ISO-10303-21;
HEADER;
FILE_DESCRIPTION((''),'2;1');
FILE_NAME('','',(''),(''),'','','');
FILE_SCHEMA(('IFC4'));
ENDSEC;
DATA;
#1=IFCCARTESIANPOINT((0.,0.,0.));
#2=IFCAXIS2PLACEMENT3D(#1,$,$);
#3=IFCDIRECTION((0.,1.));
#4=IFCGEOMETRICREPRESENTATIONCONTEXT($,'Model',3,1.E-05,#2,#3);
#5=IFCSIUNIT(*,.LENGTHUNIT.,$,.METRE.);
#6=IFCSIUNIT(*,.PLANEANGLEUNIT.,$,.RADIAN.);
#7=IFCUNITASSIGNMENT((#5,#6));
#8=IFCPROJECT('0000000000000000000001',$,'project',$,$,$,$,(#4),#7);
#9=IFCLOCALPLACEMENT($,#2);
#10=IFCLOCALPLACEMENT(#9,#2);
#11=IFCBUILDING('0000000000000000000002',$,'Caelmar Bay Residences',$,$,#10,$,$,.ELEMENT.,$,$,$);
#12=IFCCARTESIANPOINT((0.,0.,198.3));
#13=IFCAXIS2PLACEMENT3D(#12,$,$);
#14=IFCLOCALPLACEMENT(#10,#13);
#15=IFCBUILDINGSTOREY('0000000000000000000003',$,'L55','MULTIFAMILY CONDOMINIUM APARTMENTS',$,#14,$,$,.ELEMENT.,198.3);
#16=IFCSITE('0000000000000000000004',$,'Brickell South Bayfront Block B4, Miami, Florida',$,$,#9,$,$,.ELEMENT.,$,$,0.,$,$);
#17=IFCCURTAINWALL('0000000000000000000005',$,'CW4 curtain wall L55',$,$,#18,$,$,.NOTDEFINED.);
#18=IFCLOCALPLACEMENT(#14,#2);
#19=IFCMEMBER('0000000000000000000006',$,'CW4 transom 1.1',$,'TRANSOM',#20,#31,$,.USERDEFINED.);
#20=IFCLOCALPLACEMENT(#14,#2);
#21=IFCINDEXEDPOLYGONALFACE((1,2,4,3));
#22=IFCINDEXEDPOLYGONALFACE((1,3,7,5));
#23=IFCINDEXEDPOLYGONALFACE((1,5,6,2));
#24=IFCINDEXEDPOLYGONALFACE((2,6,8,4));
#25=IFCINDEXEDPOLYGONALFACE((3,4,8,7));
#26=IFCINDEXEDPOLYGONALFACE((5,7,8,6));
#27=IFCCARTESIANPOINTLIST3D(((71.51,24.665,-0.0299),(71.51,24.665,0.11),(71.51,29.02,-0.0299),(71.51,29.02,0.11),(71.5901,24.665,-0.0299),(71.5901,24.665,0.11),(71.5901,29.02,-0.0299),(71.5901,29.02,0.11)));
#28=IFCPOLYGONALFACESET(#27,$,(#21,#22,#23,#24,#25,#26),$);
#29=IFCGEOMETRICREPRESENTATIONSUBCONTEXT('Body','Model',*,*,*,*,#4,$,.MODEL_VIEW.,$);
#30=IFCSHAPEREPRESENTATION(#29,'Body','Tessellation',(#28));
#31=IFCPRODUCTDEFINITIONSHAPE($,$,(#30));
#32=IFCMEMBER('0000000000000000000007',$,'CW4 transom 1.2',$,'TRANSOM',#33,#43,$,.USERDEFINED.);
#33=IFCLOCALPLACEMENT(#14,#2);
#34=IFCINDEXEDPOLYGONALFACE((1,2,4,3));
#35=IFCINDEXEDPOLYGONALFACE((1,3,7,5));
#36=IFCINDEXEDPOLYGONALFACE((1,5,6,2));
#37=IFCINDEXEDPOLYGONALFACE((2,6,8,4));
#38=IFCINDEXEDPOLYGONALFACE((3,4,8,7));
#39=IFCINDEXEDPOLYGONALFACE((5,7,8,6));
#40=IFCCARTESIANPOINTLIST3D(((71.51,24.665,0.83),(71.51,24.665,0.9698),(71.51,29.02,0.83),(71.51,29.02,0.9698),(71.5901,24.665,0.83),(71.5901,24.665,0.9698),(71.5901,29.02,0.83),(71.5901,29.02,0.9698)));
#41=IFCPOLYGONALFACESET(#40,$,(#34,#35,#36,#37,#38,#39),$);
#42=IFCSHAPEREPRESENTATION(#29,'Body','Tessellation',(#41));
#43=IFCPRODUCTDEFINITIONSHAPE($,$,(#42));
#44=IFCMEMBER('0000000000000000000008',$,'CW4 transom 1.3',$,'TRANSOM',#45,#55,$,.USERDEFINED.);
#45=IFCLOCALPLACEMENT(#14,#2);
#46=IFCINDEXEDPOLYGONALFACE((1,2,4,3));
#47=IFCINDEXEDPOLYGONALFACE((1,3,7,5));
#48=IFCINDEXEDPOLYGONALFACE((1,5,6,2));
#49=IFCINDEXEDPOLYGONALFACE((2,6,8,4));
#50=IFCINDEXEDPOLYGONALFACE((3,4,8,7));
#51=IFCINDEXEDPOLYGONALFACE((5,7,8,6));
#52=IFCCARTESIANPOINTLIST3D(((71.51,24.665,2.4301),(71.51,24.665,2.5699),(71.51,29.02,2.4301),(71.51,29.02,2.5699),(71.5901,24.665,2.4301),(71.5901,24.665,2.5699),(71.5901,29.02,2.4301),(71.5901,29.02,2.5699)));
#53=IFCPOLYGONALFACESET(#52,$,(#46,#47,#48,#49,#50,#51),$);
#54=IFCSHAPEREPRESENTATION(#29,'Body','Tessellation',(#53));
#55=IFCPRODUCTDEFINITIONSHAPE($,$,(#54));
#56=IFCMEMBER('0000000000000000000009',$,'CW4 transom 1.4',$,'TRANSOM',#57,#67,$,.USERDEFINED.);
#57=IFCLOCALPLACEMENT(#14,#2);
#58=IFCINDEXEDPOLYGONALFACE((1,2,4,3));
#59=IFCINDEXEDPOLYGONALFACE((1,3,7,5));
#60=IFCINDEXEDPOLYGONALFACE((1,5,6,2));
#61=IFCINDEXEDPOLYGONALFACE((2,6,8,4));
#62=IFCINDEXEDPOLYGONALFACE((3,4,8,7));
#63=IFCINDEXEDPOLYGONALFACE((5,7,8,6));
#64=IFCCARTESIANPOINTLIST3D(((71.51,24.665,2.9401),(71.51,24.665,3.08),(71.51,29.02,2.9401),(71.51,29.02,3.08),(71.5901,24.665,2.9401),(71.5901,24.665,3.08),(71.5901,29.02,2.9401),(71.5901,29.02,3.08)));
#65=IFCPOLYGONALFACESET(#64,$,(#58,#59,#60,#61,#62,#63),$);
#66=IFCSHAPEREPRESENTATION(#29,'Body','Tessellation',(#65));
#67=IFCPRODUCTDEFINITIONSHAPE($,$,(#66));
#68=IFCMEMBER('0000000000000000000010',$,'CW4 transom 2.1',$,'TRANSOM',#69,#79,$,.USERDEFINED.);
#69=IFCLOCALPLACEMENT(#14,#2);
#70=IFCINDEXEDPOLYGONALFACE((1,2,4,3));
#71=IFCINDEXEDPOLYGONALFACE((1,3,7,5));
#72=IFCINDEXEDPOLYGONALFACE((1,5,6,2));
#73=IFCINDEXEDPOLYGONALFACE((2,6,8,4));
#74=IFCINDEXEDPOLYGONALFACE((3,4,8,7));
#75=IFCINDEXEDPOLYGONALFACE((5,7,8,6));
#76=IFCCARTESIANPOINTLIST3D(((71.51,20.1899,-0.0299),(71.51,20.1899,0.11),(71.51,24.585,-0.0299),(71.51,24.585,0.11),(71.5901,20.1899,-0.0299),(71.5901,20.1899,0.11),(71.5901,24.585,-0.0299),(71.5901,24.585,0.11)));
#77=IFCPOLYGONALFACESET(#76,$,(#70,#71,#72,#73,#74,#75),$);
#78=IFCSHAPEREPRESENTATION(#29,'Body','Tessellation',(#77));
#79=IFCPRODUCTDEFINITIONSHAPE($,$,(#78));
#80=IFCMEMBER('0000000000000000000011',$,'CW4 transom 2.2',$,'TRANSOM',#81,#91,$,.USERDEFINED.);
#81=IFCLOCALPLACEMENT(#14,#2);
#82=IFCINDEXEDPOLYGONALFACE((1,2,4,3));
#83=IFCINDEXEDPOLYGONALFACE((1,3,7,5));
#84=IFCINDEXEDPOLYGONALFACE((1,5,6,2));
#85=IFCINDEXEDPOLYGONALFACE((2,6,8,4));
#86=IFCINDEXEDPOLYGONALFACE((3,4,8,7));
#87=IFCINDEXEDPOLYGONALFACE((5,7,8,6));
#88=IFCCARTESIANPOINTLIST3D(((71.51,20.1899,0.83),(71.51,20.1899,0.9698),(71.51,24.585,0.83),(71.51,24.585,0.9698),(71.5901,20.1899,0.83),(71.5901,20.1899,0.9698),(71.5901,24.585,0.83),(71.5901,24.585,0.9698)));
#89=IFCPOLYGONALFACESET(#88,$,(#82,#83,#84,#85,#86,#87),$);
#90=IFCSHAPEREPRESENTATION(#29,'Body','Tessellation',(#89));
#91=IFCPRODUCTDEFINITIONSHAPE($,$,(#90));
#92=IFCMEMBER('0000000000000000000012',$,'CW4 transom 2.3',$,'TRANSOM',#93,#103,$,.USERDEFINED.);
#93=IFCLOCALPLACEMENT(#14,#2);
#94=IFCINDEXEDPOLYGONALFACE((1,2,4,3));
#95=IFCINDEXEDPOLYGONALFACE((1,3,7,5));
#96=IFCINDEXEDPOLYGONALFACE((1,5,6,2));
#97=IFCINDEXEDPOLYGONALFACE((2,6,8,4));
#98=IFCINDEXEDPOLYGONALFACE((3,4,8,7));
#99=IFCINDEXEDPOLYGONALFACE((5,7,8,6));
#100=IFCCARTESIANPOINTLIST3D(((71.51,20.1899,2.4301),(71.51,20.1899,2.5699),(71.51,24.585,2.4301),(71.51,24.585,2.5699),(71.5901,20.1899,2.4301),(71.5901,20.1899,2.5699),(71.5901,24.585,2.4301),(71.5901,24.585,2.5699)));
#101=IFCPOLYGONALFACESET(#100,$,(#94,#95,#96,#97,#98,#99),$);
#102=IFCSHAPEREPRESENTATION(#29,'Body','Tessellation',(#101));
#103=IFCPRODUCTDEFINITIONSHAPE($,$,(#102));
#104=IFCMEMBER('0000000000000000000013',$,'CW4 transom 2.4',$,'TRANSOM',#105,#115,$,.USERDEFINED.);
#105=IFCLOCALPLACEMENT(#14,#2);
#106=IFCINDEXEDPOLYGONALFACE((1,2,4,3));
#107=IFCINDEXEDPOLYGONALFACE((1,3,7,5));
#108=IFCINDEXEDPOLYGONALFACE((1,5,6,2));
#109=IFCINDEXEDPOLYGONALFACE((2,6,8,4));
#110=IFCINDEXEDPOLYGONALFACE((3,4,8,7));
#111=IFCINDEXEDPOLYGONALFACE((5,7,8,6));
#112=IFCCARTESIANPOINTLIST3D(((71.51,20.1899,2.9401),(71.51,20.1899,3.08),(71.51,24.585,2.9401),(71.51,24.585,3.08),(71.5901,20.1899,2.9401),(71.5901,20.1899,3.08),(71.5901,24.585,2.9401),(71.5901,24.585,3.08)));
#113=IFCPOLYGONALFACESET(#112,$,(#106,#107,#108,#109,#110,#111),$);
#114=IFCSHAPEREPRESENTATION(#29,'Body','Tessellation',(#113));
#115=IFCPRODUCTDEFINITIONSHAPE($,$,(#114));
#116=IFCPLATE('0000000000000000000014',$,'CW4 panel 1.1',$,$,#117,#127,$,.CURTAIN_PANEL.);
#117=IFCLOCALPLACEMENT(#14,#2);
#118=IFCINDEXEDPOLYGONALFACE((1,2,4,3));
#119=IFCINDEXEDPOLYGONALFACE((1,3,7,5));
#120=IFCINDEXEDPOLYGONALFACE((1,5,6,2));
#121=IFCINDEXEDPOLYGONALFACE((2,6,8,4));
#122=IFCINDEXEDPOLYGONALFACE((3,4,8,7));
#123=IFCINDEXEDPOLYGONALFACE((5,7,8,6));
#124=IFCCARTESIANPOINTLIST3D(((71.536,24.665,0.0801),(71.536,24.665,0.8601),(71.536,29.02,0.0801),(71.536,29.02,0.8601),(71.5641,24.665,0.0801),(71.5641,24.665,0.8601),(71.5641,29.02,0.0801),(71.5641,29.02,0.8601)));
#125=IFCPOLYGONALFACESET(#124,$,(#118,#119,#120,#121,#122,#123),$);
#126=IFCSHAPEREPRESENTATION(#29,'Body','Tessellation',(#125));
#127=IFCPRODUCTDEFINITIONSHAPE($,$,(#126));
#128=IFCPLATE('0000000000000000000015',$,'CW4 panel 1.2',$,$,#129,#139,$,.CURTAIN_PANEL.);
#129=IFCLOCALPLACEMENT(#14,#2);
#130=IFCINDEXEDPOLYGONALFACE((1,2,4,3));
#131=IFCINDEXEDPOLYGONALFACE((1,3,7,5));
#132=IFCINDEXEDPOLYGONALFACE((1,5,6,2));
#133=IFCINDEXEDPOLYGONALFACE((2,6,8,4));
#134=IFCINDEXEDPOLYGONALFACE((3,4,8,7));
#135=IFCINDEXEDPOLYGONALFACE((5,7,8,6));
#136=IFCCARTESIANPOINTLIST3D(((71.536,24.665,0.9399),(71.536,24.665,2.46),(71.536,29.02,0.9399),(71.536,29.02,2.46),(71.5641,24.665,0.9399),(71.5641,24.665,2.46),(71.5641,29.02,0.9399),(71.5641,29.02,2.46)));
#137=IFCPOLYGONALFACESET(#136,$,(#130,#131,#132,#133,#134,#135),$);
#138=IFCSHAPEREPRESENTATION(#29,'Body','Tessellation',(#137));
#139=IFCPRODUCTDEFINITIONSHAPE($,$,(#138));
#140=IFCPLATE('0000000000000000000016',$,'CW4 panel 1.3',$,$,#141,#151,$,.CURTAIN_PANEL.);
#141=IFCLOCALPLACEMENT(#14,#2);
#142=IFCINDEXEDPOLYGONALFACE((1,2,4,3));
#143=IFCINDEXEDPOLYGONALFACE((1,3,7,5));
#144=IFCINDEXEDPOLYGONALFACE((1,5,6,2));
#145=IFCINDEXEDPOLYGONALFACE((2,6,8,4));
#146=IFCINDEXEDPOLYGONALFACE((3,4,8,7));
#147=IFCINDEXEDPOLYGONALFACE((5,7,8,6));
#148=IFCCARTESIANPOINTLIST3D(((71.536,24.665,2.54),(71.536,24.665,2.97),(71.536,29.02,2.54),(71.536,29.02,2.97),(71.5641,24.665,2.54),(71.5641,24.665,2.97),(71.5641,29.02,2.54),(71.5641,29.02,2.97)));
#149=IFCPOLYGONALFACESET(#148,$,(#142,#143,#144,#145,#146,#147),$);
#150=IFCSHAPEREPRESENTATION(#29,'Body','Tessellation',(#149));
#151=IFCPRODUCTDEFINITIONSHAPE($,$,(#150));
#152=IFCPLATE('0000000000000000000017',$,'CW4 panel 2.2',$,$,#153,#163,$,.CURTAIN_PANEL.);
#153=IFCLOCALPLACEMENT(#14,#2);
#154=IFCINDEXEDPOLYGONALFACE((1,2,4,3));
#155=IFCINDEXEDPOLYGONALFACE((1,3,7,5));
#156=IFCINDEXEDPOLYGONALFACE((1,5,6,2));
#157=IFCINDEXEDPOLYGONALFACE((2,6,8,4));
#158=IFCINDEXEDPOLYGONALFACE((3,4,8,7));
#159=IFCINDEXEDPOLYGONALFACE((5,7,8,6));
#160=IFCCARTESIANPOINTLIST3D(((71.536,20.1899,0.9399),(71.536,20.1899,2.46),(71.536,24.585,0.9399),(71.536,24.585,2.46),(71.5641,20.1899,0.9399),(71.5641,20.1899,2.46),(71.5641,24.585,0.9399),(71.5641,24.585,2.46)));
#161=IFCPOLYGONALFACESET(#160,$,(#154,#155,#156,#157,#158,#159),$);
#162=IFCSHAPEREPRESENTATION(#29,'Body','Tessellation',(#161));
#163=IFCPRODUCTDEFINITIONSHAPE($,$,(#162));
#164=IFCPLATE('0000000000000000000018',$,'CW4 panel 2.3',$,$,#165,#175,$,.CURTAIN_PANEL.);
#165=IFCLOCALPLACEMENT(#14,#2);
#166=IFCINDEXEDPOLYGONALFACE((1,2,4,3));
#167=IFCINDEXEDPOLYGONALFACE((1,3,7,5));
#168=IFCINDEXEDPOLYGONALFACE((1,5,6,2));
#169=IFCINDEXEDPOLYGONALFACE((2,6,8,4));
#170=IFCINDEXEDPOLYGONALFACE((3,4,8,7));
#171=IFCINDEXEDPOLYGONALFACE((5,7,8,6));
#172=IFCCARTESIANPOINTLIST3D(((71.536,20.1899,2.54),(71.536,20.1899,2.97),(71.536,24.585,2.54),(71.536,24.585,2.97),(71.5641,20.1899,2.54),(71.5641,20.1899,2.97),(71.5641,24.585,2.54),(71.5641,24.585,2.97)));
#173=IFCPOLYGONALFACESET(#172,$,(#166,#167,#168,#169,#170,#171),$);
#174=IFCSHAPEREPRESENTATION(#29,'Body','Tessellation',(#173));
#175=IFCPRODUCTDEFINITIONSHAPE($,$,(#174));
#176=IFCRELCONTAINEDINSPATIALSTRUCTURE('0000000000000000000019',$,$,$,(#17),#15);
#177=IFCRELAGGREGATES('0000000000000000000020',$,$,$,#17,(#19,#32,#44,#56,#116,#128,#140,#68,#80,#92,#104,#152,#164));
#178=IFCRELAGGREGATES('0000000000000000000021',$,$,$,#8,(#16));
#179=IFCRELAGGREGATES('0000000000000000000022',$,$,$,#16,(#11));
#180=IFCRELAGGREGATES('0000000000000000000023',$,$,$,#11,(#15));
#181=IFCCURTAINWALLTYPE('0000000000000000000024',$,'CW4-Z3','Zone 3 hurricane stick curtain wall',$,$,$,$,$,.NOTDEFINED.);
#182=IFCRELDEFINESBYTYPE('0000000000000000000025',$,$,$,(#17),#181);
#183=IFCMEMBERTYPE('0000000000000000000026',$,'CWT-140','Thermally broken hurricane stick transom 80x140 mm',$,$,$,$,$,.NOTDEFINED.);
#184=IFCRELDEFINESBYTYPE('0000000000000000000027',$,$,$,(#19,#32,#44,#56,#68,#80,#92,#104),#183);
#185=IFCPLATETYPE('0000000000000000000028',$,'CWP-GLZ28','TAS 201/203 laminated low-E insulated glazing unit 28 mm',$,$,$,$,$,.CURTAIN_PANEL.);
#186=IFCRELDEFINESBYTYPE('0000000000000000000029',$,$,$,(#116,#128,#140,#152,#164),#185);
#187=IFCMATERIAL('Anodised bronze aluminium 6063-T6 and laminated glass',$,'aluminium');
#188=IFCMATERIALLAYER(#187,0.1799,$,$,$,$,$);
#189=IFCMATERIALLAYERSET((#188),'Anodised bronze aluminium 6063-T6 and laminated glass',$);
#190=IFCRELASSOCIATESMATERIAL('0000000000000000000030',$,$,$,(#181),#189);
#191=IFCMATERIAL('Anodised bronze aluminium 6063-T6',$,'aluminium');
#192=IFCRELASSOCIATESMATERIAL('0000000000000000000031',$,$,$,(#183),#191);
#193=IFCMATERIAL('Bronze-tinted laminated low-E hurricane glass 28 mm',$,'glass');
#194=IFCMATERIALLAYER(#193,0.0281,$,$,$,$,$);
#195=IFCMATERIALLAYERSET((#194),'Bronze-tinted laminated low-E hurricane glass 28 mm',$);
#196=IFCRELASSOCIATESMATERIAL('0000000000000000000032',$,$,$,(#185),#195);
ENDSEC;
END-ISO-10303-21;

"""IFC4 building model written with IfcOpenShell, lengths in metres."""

from ifc_helpers import new_model, si_unit, direction, frame, origin, origin_2d, place, context, subcontext, project, spatial, rectangle, extrude, material, layer, layer_set, material_profile, profile_set, type_object, element, aggregate, save


model = new_model("IFC4")

# Units and contexts
model_context = context("Model", 3, precision=1e-05, world=origin(), true_north=direction((0.0, 1.0)))
body_context = subcontext(model_context, "Body", "Model", "MODEL_VIEW")
ifc_project = project(units=[si_unit("LENGTHUNIT", "METRE"), si_unit("PLANEANGLEUNIT", "RADIAN")], contexts=[model_context])

# Site, building, storey
site_placement = place(None, origin())
site = spatial("IfcSite", under=ifc_project, at=site_placement, Name="Brickell South Bayfront Block B4, Miami, Florida", CompositionType="ELEMENT", RefElevation=0.0)
building_placement = place(site_placement, origin())
building = spatial("IfcBuilding", under=site, at=building_placement, Name="Caelmar Bay Residences", CompositionType="ELEMENT")
storey_placement = place(building_placement, frame((0.0, 0.0, 198.3)))
storey = spatial("IfcBuildingStorey", under=building, at=storey_placement, Name="L55", Description="MULTIFAMILY CONDOMINIUM APARTMENTS", CompositionType="ELEMENT", Elevation=198.3)

# Curtain wall, members, plates
ifc_material_1 = material(Name="Anodised bronze aluminium 6063-T6 and laminated glass", Category="aluminium")
ifc_layer_1 = layer(ifc_material_1, 0.1799)
ifc_layer_set_1 = layer_set([ifc_layer_1], Name="Anodised bronze aluminium 6063-T6 and laminated glass")
curtain_wall_type = type_object("IfcCurtainWallType", Name="CW4-Z3", Description="Zone 3 hurricane stick curtain wall", PredefinedType="NOTDEFINED", material=ifc_layer_set_1)
curtain_wall_placement = place(storey_placement, origin())
curtain_wall = element("IfcCurtainWall", 1, at=curtain_wall_placement, inside=storey, type_object=curtain_wall_type, Name="CW4 curtain wall L55", PredefinedType="NOTDEFINED")
ifc_material_2 = material(Name="Anodised bronze aluminium 6063-T6", Category="aluminium")
ifc_material_profile_1 = material_profile(ifc_material_2, rectangle(XDim=0.0801, YDim=0.1399, at=origin_2d()), Name="CWT-80X140")
ifc_profile_set_1 = profile_set([ifc_material_profile_1], Name="Anodised bronze aluminium 6063-T6")
member_type_1 = type_object("IfcMemberType", Name="CWT-140", Description="Thermally broken hurricane stick transom 80x140 mm", PredefinedType="NOTDEFINED", material=ifc_profile_set_1)
member_1_placement = place(storey_placement, frame((71.55, 29.02, 0.04), z_axis=(0.0, -1.0, 0.0), x_axis=(1.0, 0.0, 0.0)))
member_1 = element("IfcMember", 2, at=member_1_placement, type_object=member_type_1, Name="CW4 transom 1.1", ObjectType="TRANSOM", PredefinedType="USERDEFINED", context=body_context, shape_type="SweptSolid", body=[
    extrude(rectangle(XDim=0.0801, YDim=0.1399, at=origin_2d()), origin(), (0.0, 0.0, 1.0), 4.355),
])
member_2_placement = place(storey_placement, frame((71.55, 29.02, 0.8999), z_axis=(0.0, -1.0, 0.0), x_axis=(1.0, 0.0, 0.0)))
member_2 = element("IfcMember", 3, at=member_2_placement, type_object=member_type_1, Name="CW4 transom 1.2", ObjectType="TRANSOM", PredefinedType="USERDEFINED", context=body_context, shape_type="SweptSolid", body=[
    extrude(rectangle(XDim=0.0801, YDim=0.1399, at=origin_2d()), origin(), (0.0, 0.0, 1.0), 4.355),
])
member_3_placement = place(storey_placement, frame((71.55, 29.02, 2.5), z_axis=(0.0, -1.0, 0.0), x_axis=(1.0, 0.0, 0.0)))
member_3 = element("IfcMember", 4, at=member_3_placement, type_object=member_type_1, Name="CW4 transom 1.3", ObjectType="TRANSOM", PredefinedType="USERDEFINED", context=body_context, shape_type="SweptSolid", body=[
    extrude(rectangle(XDim=0.0801, YDim=0.1399, at=origin_2d()), origin(), (0.0, 0.0, 1.0), 4.355),
])
member_4_placement = place(storey_placement, frame((71.55, 29.02, 3.01), z_axis=(0.0, -1.0, 0.0), x_axis=(1.0, 0.0, 0.0)))
member_4 = element("IfcMember", 5, at=member_4_placement, type_object=member_type_1, Name="CW4 transom 1.4", ObjectType="TRANSOM", PredefinedType="USERDEFINED", context=body_context, shape_type="SweptSolid", body=[
    extrude(rectangle(XDim=0.0801, YDim=0.1399, at=origin_2d()), origin(), (0.0, 0.0, 1.0), 4.355),
])
member_5_placement = place(storey_placement, frame((71.55, 24.585, 0.04), z_axis=(0.0, -1.0, 0.0), x_axis=(1.0, 0.0, 0.0)))
member_5 = element("IfcMember", 6, at=member_5_placement, type_object=member_type_1, Name="CW4 transom 2.1", ObjectType="TRANSOM", PredefinedType="USERDEFINED", context=body_context, shape_type="SweptSolid", body=[
    extrude(rectangle(XDim=0.0801, YDim=0.1399, at=origin_2d()), origin(), (0.0, 0.0, 1.0), 4.395),
])
member_6_placement = place(storey_placement, frame((71.55, 24.585, 0.8999), z_axis=(0.0, -1.0, 0.0), x_axis=(1.0, 0.0, 0.0)))
member_6 = element("IfcMember", 7, at=member_6_placement, type_object=member_type_1, Name="CW4 transom 2.2", ObjectType="TRANSOM", PredefinedType="USERDEFINED", context=body_context, shape_type="SweptSolid", body=[
    extrude(rectangle(XDim=0.0801, YDim=0.1399, at=origin_2d()), origin(), (0.0, 0.0, 1.0), 4.395),
])
member_7_placement = place(storey_placement, frame((71.55, 24.585, 2.5), z_axis=(0.0, -1.0, 0.0), x_axis=(1.0, 0.0, 0.0)))
member_7 = element("IfcMember", 8, at=member_7_placement, type_object=member_type_1, Name="CW4 transom 2.3", ObjectType="TRANSOM", PredefinedType="USERDEFINED", context=body_context, shape_type="SweptSolid", body=[
    extrude(rectangle(XDim=0.0801, YDim=0.1399, at=origin_2d()), origin(), (0.0, 0.0, 1.0), 4.395),
])
member_8_placement = place(storey_placement, frame((71.55, 24.585, 3.01), z_axis=(0.0, -1.0, 0.0), x_axis=(1.0, 0.0, 0.0)))
member_8 = element("IfcMember", 9, at=member_8_placement, type_object=member_type_1, Name="CW4 transom 2.4", ObjectType="TRANSOM", PredefinedType="USERDEFINED", context=body_context, shape_type="SweptSolid", body=[
    extrude(rectangle(XDim=0.0801, YDim=0.1399, at=origin_2d()), origin(), (0.0, 0.0, 1.0), 4.395),
])
ifc_material_3 = material(Name="Bronze-tinted laminated low-E hurricane glass 28 mm", Category="glass")
ifc_layer_2 = layer(ifc_material_3, 0.0281)
ifc_layer_set_2 = layer_set([ifc_layer_2], Name="Bronze-tinted laminated low-E hurricane glass 28 mm")
plate_type = type_object("IfcPlateType", Name="CWP-GLZ28", Description="TAS 201/203 laminated low-E insulated glazing unit 28 mm", PredefinedType="CURTAIN_PANEL", material=ifc_layer_set_2)
plate_1_placement = place(storey_placement, frame((71.55, 26.8425, 0.0801), z_axis=(0.0, 0.0, 1.0), x_axis=(0.0, -1.0, 0.0)))
plate_1 = element("IfcPlate", 10, at=plate_1_placement, type_object=plate_type, Name="CW4 panel 1.1", PredefinedType="CURTAIN_PANEL", context=body_context, shape_type="SweptSolid", body=[
    extrude(rectangle(XDim=4.355, YDim=0.0281, at=origin_2d()), origin(), (0.0, 0.0, 1.0), 0.78),
])
plate_2_placement = place(storey_placement, frame((71.55, 26.8425, 0.9399), z_axis=(0.0, 0.0, 1.0), x_axis=(0.0, -1.0, 0.0)))
plate_2 = element("IfcPlate", 11, at=plate_2_placement, type_object=plate_type, Name="CW4 panel 1.2", PredefinedType="CURTAIN_PANEL", context=body_context, shape_type="SweptSolid", body=[
    extrude(rectangle(XDim=4.355, YDim=0.0281, at=origin_2d()), origin(), (0.0, 0.0, 1.0), 1.52),
])
plate_3_placement = place(storey_placement, frame((71.55, 26.8425, 2.54), z_axis=(0.0, 0.0, 1.0), x_axis=(0.0, -1.0, 0.0)))
plate_3 = element("IfcPlate", 12, at=plate_3_placement, type_object=plate_type, Name="CW4 panel 1.3", PredefinedType="CURTAIN_PANEL", context=body_context, shape_type="SweptSolid", body=[
    extrude(rectangle(XDim=4.355, YDim=0.0281, at=origin_2d()), origin(), (0.0, 0.0, 1.0), 0.4299),
])
plate_4_placement = place(storey_placement, frame((71.55, 22.3875, 0.9399), z_axis=(0.0, 0.0, 1.0), x_axis=(0.0, -1.0, 0.0)))
plate_4 = element("IfcPlate", 13, at=plate_4_placement, type_object=plate_type, Name="CW4 panel 2.2", PredefinedType="CURTAIN_PANEL", context=body_context, shape_type="SweptSolid", body=[
    extrude(rectangle(XDim=4.395, YDim=0.0281, at=origin_2d()), origin(), (0.0, 0.0, 1.0), 1.52),
])
plate_5_placement = place(storey_placement, frame((71.55, 22.3875, 2.54), z_axis=(0.0, 0.0, 1.0), x_axis=(0.0, -1.0, 0.0)))
plate_5 = element("IfcPlate", 14, at=plate_5_placement, type_object=plate_type, Name="CW4 panel 2.3", PredefinedType="CURTAIN_PANEL", context=body_context, shape_type="SweptSolid", body=[
    extrude(rectangle(XDim=4.395, YDim=0.0281, at=origin_2d()), origin(), (0.0, 0.0, 1.0), 0.4299),
])
aggregate(curtain_wall, [member_1, member_2, member_3, member_4, plate_1, plate_2, plate_3, member_5, member_6, member_7, member_8, plate_4, plate_5])

save(model, "model.ifc")
